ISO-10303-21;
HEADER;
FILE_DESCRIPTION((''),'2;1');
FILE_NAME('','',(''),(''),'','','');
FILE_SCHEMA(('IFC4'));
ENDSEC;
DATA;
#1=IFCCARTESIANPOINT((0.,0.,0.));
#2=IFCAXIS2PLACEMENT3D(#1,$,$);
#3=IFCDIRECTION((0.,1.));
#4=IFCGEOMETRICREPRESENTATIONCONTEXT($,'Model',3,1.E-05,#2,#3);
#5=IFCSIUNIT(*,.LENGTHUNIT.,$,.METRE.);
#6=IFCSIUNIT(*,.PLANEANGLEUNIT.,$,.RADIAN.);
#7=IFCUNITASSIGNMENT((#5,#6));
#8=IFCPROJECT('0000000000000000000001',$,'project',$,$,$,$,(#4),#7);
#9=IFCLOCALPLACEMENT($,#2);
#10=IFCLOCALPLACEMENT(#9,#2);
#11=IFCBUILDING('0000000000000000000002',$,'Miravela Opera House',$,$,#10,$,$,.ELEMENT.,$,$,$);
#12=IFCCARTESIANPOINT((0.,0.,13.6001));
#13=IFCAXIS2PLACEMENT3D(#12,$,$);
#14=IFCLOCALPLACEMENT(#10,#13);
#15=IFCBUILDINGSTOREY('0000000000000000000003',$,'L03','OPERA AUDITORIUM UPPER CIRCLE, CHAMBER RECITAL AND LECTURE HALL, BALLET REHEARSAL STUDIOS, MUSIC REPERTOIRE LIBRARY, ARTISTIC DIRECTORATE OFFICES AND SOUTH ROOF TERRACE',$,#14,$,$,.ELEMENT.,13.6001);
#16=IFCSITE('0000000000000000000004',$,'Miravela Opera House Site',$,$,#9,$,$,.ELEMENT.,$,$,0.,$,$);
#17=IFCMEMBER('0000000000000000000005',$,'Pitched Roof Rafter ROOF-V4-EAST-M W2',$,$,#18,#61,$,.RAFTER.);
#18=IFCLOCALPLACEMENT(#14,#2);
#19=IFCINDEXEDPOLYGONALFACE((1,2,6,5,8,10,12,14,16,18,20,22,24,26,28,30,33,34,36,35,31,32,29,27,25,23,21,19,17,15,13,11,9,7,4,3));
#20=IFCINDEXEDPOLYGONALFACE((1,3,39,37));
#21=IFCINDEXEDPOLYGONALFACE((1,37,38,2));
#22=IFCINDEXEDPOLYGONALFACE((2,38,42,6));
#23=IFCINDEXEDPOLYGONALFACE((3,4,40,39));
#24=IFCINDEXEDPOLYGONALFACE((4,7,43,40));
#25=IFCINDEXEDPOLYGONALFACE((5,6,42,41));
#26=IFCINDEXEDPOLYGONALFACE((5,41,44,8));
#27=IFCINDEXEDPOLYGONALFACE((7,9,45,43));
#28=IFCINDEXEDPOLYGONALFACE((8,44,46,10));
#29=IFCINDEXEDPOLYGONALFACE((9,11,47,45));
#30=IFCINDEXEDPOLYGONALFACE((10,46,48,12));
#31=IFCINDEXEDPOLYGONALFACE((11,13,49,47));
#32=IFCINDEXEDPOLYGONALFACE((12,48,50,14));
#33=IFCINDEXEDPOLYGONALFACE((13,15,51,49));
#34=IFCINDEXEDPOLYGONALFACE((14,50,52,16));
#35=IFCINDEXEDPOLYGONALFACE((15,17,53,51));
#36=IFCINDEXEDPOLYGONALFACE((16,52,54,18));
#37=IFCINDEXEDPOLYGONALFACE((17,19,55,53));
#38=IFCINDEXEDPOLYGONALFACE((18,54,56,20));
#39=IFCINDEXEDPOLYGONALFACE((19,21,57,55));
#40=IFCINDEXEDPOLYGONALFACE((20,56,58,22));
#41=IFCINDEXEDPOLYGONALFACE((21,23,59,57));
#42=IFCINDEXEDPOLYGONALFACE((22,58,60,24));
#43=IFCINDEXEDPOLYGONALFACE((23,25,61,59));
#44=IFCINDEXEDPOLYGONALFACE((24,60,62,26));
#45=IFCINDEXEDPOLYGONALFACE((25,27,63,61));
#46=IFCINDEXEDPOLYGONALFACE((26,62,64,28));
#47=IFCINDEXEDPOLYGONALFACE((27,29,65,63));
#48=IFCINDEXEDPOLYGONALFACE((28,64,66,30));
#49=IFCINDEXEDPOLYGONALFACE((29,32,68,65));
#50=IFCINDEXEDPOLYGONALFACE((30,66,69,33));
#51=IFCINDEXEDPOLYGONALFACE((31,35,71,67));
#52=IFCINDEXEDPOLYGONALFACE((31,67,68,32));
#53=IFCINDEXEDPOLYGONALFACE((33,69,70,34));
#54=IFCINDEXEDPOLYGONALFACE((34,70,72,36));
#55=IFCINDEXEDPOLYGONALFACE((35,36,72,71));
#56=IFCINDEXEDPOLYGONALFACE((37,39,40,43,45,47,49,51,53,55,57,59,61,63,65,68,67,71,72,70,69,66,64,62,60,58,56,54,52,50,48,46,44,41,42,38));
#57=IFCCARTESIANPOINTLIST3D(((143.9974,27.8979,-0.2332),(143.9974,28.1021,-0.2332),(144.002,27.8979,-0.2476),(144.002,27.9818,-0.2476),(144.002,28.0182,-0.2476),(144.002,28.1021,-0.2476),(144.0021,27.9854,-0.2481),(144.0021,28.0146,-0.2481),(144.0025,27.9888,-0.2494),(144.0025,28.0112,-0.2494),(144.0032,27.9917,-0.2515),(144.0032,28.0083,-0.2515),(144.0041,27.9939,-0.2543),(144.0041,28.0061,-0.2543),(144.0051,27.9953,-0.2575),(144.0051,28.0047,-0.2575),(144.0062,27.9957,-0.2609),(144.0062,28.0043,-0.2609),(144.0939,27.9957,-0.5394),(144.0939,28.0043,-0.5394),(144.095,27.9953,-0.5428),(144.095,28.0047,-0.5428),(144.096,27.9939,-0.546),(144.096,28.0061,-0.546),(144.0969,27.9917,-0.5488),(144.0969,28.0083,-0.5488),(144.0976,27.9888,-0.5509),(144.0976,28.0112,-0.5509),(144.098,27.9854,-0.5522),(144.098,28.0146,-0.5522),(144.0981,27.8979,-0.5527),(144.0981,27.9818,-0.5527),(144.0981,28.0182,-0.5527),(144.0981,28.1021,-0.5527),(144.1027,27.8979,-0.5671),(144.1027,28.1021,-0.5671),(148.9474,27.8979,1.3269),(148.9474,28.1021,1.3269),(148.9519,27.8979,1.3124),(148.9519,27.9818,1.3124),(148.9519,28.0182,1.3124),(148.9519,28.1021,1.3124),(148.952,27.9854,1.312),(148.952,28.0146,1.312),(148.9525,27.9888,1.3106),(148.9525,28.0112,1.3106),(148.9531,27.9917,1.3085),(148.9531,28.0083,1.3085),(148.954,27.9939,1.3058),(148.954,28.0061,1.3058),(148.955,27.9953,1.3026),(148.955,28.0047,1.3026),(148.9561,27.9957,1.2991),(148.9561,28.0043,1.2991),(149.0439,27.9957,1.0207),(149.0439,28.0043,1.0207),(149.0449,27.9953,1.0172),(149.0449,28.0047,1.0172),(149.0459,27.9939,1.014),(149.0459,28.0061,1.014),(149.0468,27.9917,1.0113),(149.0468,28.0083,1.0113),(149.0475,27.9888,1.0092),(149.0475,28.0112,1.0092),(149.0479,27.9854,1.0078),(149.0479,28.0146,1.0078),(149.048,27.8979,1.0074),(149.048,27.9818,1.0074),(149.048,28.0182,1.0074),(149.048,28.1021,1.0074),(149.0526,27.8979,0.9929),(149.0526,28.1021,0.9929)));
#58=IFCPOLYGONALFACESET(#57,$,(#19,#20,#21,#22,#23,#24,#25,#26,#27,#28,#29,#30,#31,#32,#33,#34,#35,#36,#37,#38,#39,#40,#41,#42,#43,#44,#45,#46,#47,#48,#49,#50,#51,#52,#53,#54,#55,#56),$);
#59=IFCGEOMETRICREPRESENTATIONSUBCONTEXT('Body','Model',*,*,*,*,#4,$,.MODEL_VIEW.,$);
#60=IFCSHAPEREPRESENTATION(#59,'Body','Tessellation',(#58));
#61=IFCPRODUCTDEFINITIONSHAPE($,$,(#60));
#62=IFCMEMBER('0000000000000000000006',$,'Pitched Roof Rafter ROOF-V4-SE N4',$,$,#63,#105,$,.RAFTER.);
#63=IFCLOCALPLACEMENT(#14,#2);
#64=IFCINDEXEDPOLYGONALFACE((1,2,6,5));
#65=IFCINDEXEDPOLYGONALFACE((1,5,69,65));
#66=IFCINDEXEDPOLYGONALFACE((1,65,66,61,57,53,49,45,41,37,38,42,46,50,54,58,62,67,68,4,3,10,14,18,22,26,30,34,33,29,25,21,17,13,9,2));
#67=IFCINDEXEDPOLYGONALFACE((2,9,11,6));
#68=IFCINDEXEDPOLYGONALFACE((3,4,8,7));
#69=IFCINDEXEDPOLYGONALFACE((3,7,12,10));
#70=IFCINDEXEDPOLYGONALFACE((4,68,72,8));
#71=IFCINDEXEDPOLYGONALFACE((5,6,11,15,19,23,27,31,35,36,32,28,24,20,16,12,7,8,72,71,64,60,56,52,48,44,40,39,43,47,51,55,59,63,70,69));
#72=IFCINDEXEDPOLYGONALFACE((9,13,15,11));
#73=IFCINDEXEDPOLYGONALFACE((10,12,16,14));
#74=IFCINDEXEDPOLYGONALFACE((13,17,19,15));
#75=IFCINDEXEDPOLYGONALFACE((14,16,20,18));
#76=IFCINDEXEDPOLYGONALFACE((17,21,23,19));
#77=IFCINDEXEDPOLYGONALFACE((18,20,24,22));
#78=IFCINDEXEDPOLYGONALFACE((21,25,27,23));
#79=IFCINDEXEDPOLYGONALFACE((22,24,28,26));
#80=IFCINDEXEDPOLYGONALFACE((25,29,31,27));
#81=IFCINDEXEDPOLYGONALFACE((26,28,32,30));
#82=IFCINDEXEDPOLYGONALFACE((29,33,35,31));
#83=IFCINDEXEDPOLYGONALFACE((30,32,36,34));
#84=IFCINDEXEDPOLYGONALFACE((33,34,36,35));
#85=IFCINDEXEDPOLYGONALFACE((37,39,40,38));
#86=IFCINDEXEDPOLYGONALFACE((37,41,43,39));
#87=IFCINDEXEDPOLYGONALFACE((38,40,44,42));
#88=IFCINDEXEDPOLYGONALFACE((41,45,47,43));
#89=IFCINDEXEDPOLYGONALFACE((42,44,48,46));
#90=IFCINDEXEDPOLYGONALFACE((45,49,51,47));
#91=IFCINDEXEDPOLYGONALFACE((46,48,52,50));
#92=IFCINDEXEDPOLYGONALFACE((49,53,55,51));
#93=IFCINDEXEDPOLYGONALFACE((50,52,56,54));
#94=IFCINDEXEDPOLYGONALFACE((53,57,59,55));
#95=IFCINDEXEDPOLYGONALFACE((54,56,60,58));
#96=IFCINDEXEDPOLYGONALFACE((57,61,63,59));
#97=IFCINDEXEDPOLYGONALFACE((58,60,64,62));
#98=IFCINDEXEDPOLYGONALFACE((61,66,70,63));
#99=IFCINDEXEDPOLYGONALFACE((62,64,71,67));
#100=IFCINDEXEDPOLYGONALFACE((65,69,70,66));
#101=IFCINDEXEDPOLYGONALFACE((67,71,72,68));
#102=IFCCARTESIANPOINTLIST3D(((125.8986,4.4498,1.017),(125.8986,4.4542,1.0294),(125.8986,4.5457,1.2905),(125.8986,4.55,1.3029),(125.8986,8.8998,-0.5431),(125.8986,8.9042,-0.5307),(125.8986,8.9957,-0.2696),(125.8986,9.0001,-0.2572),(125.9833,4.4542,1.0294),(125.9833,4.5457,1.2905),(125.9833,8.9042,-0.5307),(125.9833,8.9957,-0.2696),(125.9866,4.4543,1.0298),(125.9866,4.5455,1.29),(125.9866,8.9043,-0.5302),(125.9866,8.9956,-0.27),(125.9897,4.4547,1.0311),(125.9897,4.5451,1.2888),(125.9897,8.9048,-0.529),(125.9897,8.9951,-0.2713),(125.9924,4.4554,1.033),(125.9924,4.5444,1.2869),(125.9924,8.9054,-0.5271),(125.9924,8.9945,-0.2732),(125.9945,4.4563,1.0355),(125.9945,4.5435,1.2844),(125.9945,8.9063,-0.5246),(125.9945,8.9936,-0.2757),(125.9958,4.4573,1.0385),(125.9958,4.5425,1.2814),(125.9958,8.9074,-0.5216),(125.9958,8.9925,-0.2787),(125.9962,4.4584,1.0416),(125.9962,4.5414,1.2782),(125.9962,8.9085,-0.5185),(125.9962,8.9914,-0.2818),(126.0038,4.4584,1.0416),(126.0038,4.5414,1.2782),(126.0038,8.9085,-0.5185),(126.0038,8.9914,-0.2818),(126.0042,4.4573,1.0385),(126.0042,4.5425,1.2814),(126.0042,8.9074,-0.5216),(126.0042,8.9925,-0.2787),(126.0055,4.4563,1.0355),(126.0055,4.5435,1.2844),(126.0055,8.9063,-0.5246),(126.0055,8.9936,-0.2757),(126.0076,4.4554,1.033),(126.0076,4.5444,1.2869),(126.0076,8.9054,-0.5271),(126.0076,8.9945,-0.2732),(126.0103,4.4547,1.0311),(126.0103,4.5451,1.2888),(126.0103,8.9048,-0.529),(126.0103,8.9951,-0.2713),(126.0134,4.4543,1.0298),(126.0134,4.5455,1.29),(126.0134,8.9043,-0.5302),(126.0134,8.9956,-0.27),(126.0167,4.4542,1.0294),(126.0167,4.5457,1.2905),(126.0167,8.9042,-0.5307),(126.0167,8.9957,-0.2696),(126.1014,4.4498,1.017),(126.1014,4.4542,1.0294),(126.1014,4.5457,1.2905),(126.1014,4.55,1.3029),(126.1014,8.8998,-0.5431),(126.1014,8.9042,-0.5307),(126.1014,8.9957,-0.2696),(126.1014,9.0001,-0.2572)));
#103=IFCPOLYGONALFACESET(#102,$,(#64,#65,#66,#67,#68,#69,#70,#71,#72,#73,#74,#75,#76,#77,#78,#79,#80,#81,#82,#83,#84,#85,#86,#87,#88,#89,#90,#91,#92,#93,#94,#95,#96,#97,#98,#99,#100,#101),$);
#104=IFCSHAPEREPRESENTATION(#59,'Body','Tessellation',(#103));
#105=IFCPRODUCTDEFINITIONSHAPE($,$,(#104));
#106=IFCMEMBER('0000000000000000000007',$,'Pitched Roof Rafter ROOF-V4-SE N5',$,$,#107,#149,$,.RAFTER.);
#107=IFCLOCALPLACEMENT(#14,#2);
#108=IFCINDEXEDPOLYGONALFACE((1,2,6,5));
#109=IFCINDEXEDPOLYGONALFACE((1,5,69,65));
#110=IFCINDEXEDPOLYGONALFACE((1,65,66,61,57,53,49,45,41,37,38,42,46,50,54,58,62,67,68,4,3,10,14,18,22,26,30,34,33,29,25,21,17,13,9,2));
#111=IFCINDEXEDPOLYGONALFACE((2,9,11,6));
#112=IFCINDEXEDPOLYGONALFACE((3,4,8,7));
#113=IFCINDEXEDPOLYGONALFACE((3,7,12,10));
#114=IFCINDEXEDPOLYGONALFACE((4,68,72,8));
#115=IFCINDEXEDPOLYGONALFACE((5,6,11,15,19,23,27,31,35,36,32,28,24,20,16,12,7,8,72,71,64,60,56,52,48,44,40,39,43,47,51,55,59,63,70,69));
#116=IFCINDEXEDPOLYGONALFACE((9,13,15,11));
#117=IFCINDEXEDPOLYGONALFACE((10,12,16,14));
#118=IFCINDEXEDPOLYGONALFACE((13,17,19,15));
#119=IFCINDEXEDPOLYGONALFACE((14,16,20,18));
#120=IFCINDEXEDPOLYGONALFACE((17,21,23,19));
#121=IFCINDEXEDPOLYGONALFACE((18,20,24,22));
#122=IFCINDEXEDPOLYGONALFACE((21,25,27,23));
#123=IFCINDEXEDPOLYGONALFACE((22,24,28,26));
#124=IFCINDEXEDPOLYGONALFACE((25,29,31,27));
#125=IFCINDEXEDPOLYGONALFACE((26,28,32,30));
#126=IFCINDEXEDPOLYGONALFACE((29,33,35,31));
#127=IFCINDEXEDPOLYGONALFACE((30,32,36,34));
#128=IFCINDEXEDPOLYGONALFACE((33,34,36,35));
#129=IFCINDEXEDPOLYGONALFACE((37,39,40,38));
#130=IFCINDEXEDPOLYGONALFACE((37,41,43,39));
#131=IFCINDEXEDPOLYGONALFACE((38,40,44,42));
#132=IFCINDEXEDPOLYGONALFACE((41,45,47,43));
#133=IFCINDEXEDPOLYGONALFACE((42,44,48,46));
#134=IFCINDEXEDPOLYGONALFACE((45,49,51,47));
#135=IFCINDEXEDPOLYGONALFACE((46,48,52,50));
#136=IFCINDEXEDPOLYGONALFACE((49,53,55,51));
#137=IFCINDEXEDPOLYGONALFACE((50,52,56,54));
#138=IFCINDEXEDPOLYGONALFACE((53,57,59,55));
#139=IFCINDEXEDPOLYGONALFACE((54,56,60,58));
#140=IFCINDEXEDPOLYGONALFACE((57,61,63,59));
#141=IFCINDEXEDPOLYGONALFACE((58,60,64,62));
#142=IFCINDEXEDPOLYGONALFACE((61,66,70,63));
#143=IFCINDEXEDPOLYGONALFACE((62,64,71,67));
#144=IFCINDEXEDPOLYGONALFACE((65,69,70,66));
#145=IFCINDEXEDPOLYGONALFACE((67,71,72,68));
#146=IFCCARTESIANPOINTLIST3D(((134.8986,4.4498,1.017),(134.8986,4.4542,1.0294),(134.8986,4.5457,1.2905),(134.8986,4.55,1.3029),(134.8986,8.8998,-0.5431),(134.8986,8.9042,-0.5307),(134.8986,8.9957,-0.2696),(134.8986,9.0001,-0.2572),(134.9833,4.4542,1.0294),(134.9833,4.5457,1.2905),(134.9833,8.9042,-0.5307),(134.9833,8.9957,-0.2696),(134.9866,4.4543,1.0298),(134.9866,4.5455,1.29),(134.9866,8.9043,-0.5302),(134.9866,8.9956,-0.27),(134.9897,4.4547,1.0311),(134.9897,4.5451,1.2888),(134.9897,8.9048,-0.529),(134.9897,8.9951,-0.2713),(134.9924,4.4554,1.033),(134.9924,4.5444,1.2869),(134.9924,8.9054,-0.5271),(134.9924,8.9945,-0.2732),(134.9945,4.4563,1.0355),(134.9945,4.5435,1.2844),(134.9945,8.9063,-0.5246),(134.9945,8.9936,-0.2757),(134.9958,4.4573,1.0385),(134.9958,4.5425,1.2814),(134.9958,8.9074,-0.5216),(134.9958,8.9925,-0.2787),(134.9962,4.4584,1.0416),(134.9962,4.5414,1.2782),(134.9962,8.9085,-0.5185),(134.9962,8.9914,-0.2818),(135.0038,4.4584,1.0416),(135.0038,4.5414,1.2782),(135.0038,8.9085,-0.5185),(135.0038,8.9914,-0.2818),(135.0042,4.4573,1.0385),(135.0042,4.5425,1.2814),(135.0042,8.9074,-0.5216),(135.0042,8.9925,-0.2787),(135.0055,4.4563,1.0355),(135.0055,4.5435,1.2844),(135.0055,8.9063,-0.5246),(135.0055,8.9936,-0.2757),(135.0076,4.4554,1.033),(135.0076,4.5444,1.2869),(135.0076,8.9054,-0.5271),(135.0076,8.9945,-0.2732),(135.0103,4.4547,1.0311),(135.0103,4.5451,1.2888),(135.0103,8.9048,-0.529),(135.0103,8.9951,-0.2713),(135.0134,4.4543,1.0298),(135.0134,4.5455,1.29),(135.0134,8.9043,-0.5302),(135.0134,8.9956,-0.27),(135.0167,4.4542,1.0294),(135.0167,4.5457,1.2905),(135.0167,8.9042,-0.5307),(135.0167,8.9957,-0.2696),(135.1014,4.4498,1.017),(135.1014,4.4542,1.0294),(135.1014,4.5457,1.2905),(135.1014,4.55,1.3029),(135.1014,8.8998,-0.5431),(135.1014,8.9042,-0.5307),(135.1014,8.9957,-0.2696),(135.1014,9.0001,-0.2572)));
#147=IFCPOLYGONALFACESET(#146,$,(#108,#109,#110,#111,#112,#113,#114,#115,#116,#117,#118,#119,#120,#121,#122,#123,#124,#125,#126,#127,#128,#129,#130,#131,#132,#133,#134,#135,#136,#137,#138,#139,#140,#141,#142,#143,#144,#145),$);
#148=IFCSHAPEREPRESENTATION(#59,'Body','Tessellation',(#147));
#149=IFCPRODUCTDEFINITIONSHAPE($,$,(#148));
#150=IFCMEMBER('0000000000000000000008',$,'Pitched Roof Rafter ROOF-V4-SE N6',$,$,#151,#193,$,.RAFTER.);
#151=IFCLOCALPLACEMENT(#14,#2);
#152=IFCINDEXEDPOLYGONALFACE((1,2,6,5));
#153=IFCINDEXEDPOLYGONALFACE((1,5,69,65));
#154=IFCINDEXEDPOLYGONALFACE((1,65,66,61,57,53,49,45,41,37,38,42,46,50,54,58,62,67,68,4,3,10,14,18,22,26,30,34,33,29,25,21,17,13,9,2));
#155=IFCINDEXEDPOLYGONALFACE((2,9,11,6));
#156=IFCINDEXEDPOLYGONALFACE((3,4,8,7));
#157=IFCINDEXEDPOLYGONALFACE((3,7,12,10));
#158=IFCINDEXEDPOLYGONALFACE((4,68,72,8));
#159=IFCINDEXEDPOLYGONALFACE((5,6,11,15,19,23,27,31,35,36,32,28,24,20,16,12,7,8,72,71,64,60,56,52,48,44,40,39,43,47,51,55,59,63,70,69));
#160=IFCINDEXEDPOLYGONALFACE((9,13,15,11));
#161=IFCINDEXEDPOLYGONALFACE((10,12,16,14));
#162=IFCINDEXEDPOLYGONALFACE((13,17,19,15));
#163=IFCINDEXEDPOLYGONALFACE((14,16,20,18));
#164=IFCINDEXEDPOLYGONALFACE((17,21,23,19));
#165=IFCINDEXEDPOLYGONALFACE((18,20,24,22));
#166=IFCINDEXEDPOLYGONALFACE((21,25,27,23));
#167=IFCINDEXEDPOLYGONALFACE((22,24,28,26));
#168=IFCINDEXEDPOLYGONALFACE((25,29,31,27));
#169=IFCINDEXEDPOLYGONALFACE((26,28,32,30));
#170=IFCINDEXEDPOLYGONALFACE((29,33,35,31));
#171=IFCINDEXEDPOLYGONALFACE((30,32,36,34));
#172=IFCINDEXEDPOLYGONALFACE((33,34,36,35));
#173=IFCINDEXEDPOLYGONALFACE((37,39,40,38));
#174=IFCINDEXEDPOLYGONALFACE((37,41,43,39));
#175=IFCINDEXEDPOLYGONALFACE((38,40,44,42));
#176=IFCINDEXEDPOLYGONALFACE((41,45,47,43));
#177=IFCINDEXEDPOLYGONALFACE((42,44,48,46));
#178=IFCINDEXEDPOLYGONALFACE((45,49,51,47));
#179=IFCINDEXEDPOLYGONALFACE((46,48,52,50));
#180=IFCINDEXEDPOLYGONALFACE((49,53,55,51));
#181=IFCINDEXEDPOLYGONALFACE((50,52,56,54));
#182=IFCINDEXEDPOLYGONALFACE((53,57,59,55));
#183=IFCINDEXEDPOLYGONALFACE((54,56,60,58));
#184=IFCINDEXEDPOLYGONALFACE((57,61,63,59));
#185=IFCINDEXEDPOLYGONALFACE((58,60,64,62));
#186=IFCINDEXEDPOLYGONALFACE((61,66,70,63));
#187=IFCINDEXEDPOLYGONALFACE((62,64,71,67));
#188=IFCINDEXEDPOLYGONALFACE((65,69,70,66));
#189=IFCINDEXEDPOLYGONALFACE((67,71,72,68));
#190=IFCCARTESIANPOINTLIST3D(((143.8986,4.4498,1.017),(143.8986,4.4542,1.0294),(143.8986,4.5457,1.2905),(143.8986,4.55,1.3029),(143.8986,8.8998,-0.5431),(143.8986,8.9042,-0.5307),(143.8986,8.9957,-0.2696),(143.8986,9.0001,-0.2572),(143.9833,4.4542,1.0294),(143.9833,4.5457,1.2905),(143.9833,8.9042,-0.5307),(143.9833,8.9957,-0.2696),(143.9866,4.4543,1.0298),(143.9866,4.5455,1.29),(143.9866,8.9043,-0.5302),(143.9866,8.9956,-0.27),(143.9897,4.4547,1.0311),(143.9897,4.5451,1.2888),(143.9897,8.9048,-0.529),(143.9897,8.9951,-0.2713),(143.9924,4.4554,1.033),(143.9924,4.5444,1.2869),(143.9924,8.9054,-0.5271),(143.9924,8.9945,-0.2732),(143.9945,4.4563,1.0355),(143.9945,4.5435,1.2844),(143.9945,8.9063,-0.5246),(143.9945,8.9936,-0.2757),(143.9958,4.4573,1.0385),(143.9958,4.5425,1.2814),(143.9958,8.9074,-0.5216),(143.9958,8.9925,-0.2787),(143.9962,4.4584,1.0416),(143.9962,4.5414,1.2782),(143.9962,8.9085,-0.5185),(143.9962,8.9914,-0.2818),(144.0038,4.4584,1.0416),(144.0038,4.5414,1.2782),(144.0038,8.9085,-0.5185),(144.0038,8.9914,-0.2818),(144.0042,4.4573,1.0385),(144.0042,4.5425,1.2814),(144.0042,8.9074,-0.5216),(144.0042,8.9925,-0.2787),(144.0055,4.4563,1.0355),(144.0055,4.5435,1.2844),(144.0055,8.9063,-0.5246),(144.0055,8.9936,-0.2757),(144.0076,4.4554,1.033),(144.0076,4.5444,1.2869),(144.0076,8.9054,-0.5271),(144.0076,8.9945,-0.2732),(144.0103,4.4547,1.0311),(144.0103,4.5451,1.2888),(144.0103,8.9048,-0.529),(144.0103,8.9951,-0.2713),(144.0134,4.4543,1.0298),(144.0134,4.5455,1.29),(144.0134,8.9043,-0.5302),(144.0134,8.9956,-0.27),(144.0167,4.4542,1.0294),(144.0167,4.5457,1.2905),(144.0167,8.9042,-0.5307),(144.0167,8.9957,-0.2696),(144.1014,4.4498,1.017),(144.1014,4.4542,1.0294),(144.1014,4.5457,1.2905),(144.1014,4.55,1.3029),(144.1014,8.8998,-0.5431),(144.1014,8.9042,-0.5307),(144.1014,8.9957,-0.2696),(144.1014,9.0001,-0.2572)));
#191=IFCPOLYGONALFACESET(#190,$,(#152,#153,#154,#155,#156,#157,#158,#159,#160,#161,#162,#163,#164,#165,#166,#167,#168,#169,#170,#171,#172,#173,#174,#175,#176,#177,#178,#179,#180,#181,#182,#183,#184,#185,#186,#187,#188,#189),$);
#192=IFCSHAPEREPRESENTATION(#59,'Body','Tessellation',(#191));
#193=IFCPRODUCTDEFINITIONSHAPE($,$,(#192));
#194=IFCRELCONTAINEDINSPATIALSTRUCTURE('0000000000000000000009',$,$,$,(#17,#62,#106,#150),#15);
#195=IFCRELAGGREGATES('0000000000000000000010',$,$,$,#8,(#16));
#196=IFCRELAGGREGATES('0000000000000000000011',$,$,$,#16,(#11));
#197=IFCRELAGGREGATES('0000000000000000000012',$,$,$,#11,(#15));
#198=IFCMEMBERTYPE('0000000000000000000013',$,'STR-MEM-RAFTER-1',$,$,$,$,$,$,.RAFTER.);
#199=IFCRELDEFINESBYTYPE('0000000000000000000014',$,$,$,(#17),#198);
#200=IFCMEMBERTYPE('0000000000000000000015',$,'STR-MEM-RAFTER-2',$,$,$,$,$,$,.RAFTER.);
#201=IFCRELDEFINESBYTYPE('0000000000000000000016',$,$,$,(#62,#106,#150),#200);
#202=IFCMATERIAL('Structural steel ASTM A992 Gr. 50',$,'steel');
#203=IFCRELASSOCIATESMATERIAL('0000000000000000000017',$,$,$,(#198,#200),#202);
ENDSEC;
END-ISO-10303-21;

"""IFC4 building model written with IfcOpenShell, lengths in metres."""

from ifc_helpers import new_model, si_unit, direction, frame, origin, origin_2d, place, context, subcontext, project, spatial, i_section, extrude, material, material_profile, profile_set, type_object, element, save


model = new_model("IFC4")

# Units and contexts
model_context = context("Model", 3, precision=1e-05, world=origin(), true_north=direction((0.0, 1.0)))
body_context = subcontext(model_context, "Body", "Model", "MODEL_VIEW")
ifc_project = project(units=[si_unit("LENGTHUNIT", "METRE"), si_unit("PLANEANGLEUNIT", "RADIAN")], contexts=[model_context])

# Site, building, storey
site_placement = place(None, origin())
site = spatial("IfcSite", under=ifc_project, at=site_placement, Name="Miravela Opera House Site", CompositionType="ELEMENT", RefElevation=0.0)
building_placement = place(site_placement, origin())
building = spatial("IfcBuilding", under=site, at=building_placement, Name="Miravela Opera House", CompositionType="ELEMENT")
storey_placement = place(building_placement, frame((0.0, 0.0, 13.6001)))
storey = spatial("IfcBuildingStorey", under=building, at=storey_placement, Name="L03", Description="OPERA AUDITORIUM UPPER CIRCLE, CHAMBER RECITAL AND LECTURE HALL, BALLET REHEARSAL STUDIOS, MUSIC REPERTOIRE LIBRARY, ARTISTIC DIRECTORATE OFFICES AND SOUTH ROOF TERRACE", CompositionType="ELEMENT", Elevation=13.6001)

# Shared definitions
ifc_material_1 = material(Name="Structural steel ASTM A992 Gr. 50", Category="steel")

# Members
ifc_material_profile_1 = material_profile(ifc_material_1, i_section(OverallWidth=0.2041, OverallDepth=0.3501, WebThickness=0.0085, FlangeThickness=0.0151, FilletRadius=0.0139, at=origin_2d()), Name="W360X72")
ifc_profile_set_1 = profile_set([ifc_material_profile_1])
member_type_1 = type_object("IfcMemberType", Name="STR-MEM-RAFTER-1", PredefinedType="RAFTER", material=ifc_profile_set_1)
for number, where, z_axis, x_axis, name in (
    (1, (144.05, 28.0, -0.4001), (0.953753, 0.0, 0.300591), (0.0, 1.0, 0.0), "Pitched Roof Rafter ROOF-V4-EAST-M W2"),
):
    element("IfcMember", number, at=place(storey_placement, frame(where, z_axis=z_axis, x_axis=x_axis)), inside=storey, type_object=member_type_1, Name=name, PredefinedType="RAFTER", context=body_context, shape_type="SweptSolid", body=[
        extrude(i_section(OverallWidth=0.2041, OverallDepth=0.3501, WebThickness=0.0085, FlangeThickness=0.0151, FilletRadius=0.0139, at=origin_2d()), origin(), (0.0, 0.0, 1.0), 5.1899),
    ])
ifc_material_profile_2 = material_profile(ifc_material_1, i_section(OverallWidth=0.2029, OverallDepth=0.303, WebThickness=0.0076, FlangeThickness=0.0132, FilletRadius=0.0129, at=origin_2d()), Name="W310X60")
ifc_profile_set_2 = profile_set([ifc_material_profile_2])
member_type_2 = type_object("IfcMemberType", Name="STR-MEM-RAFTER-2", PredefinedType="RAFTER", material=ifc_profile_set_2)
for number, where, z_axis, x_axis, name in (
    (2, (126.0, 8.95, -0.4001), (0.0, -0.943688, 0.330837), (1.0, 0.0, 0.0), "Pitched Roof Rafter ROOF-V4-SE N4"),
    (3, (135.0, 8.95, -0.4001), (0.0, -0.943688, 0.330837), (1.0, 0.0, 0.0), "Pitched Roof Rafter ROOF-V4-SE N5"),
    (4, (144.0, 8.95, -0.4001), (0.0, -0.943688, 0.330837), (1.0, 0.0, 0.0), "Pitched Roof Rafter ROOF-V4-SE N6"),
):
    element("IfcMember", number, at=place(storey_placement, frame(where, z_axis=z_axis, x_axis=x_axis)), inside=storey, type_object=member_type_2, Name=name, PredefinedType="RAFTER", context=body_context, shape_type="SweptSolid", body=[
        extrude(i_section(OverallWidth=0.2029, OverallDepth=0.303, WebThickness=0.0076, FlangeThickness=0.0132, FilletRadius=0.0129, at=origin_2d()), origin(), (0.0, 0.0, 1.0), 4.7156),
    ])

save(model, "model.ifc")
